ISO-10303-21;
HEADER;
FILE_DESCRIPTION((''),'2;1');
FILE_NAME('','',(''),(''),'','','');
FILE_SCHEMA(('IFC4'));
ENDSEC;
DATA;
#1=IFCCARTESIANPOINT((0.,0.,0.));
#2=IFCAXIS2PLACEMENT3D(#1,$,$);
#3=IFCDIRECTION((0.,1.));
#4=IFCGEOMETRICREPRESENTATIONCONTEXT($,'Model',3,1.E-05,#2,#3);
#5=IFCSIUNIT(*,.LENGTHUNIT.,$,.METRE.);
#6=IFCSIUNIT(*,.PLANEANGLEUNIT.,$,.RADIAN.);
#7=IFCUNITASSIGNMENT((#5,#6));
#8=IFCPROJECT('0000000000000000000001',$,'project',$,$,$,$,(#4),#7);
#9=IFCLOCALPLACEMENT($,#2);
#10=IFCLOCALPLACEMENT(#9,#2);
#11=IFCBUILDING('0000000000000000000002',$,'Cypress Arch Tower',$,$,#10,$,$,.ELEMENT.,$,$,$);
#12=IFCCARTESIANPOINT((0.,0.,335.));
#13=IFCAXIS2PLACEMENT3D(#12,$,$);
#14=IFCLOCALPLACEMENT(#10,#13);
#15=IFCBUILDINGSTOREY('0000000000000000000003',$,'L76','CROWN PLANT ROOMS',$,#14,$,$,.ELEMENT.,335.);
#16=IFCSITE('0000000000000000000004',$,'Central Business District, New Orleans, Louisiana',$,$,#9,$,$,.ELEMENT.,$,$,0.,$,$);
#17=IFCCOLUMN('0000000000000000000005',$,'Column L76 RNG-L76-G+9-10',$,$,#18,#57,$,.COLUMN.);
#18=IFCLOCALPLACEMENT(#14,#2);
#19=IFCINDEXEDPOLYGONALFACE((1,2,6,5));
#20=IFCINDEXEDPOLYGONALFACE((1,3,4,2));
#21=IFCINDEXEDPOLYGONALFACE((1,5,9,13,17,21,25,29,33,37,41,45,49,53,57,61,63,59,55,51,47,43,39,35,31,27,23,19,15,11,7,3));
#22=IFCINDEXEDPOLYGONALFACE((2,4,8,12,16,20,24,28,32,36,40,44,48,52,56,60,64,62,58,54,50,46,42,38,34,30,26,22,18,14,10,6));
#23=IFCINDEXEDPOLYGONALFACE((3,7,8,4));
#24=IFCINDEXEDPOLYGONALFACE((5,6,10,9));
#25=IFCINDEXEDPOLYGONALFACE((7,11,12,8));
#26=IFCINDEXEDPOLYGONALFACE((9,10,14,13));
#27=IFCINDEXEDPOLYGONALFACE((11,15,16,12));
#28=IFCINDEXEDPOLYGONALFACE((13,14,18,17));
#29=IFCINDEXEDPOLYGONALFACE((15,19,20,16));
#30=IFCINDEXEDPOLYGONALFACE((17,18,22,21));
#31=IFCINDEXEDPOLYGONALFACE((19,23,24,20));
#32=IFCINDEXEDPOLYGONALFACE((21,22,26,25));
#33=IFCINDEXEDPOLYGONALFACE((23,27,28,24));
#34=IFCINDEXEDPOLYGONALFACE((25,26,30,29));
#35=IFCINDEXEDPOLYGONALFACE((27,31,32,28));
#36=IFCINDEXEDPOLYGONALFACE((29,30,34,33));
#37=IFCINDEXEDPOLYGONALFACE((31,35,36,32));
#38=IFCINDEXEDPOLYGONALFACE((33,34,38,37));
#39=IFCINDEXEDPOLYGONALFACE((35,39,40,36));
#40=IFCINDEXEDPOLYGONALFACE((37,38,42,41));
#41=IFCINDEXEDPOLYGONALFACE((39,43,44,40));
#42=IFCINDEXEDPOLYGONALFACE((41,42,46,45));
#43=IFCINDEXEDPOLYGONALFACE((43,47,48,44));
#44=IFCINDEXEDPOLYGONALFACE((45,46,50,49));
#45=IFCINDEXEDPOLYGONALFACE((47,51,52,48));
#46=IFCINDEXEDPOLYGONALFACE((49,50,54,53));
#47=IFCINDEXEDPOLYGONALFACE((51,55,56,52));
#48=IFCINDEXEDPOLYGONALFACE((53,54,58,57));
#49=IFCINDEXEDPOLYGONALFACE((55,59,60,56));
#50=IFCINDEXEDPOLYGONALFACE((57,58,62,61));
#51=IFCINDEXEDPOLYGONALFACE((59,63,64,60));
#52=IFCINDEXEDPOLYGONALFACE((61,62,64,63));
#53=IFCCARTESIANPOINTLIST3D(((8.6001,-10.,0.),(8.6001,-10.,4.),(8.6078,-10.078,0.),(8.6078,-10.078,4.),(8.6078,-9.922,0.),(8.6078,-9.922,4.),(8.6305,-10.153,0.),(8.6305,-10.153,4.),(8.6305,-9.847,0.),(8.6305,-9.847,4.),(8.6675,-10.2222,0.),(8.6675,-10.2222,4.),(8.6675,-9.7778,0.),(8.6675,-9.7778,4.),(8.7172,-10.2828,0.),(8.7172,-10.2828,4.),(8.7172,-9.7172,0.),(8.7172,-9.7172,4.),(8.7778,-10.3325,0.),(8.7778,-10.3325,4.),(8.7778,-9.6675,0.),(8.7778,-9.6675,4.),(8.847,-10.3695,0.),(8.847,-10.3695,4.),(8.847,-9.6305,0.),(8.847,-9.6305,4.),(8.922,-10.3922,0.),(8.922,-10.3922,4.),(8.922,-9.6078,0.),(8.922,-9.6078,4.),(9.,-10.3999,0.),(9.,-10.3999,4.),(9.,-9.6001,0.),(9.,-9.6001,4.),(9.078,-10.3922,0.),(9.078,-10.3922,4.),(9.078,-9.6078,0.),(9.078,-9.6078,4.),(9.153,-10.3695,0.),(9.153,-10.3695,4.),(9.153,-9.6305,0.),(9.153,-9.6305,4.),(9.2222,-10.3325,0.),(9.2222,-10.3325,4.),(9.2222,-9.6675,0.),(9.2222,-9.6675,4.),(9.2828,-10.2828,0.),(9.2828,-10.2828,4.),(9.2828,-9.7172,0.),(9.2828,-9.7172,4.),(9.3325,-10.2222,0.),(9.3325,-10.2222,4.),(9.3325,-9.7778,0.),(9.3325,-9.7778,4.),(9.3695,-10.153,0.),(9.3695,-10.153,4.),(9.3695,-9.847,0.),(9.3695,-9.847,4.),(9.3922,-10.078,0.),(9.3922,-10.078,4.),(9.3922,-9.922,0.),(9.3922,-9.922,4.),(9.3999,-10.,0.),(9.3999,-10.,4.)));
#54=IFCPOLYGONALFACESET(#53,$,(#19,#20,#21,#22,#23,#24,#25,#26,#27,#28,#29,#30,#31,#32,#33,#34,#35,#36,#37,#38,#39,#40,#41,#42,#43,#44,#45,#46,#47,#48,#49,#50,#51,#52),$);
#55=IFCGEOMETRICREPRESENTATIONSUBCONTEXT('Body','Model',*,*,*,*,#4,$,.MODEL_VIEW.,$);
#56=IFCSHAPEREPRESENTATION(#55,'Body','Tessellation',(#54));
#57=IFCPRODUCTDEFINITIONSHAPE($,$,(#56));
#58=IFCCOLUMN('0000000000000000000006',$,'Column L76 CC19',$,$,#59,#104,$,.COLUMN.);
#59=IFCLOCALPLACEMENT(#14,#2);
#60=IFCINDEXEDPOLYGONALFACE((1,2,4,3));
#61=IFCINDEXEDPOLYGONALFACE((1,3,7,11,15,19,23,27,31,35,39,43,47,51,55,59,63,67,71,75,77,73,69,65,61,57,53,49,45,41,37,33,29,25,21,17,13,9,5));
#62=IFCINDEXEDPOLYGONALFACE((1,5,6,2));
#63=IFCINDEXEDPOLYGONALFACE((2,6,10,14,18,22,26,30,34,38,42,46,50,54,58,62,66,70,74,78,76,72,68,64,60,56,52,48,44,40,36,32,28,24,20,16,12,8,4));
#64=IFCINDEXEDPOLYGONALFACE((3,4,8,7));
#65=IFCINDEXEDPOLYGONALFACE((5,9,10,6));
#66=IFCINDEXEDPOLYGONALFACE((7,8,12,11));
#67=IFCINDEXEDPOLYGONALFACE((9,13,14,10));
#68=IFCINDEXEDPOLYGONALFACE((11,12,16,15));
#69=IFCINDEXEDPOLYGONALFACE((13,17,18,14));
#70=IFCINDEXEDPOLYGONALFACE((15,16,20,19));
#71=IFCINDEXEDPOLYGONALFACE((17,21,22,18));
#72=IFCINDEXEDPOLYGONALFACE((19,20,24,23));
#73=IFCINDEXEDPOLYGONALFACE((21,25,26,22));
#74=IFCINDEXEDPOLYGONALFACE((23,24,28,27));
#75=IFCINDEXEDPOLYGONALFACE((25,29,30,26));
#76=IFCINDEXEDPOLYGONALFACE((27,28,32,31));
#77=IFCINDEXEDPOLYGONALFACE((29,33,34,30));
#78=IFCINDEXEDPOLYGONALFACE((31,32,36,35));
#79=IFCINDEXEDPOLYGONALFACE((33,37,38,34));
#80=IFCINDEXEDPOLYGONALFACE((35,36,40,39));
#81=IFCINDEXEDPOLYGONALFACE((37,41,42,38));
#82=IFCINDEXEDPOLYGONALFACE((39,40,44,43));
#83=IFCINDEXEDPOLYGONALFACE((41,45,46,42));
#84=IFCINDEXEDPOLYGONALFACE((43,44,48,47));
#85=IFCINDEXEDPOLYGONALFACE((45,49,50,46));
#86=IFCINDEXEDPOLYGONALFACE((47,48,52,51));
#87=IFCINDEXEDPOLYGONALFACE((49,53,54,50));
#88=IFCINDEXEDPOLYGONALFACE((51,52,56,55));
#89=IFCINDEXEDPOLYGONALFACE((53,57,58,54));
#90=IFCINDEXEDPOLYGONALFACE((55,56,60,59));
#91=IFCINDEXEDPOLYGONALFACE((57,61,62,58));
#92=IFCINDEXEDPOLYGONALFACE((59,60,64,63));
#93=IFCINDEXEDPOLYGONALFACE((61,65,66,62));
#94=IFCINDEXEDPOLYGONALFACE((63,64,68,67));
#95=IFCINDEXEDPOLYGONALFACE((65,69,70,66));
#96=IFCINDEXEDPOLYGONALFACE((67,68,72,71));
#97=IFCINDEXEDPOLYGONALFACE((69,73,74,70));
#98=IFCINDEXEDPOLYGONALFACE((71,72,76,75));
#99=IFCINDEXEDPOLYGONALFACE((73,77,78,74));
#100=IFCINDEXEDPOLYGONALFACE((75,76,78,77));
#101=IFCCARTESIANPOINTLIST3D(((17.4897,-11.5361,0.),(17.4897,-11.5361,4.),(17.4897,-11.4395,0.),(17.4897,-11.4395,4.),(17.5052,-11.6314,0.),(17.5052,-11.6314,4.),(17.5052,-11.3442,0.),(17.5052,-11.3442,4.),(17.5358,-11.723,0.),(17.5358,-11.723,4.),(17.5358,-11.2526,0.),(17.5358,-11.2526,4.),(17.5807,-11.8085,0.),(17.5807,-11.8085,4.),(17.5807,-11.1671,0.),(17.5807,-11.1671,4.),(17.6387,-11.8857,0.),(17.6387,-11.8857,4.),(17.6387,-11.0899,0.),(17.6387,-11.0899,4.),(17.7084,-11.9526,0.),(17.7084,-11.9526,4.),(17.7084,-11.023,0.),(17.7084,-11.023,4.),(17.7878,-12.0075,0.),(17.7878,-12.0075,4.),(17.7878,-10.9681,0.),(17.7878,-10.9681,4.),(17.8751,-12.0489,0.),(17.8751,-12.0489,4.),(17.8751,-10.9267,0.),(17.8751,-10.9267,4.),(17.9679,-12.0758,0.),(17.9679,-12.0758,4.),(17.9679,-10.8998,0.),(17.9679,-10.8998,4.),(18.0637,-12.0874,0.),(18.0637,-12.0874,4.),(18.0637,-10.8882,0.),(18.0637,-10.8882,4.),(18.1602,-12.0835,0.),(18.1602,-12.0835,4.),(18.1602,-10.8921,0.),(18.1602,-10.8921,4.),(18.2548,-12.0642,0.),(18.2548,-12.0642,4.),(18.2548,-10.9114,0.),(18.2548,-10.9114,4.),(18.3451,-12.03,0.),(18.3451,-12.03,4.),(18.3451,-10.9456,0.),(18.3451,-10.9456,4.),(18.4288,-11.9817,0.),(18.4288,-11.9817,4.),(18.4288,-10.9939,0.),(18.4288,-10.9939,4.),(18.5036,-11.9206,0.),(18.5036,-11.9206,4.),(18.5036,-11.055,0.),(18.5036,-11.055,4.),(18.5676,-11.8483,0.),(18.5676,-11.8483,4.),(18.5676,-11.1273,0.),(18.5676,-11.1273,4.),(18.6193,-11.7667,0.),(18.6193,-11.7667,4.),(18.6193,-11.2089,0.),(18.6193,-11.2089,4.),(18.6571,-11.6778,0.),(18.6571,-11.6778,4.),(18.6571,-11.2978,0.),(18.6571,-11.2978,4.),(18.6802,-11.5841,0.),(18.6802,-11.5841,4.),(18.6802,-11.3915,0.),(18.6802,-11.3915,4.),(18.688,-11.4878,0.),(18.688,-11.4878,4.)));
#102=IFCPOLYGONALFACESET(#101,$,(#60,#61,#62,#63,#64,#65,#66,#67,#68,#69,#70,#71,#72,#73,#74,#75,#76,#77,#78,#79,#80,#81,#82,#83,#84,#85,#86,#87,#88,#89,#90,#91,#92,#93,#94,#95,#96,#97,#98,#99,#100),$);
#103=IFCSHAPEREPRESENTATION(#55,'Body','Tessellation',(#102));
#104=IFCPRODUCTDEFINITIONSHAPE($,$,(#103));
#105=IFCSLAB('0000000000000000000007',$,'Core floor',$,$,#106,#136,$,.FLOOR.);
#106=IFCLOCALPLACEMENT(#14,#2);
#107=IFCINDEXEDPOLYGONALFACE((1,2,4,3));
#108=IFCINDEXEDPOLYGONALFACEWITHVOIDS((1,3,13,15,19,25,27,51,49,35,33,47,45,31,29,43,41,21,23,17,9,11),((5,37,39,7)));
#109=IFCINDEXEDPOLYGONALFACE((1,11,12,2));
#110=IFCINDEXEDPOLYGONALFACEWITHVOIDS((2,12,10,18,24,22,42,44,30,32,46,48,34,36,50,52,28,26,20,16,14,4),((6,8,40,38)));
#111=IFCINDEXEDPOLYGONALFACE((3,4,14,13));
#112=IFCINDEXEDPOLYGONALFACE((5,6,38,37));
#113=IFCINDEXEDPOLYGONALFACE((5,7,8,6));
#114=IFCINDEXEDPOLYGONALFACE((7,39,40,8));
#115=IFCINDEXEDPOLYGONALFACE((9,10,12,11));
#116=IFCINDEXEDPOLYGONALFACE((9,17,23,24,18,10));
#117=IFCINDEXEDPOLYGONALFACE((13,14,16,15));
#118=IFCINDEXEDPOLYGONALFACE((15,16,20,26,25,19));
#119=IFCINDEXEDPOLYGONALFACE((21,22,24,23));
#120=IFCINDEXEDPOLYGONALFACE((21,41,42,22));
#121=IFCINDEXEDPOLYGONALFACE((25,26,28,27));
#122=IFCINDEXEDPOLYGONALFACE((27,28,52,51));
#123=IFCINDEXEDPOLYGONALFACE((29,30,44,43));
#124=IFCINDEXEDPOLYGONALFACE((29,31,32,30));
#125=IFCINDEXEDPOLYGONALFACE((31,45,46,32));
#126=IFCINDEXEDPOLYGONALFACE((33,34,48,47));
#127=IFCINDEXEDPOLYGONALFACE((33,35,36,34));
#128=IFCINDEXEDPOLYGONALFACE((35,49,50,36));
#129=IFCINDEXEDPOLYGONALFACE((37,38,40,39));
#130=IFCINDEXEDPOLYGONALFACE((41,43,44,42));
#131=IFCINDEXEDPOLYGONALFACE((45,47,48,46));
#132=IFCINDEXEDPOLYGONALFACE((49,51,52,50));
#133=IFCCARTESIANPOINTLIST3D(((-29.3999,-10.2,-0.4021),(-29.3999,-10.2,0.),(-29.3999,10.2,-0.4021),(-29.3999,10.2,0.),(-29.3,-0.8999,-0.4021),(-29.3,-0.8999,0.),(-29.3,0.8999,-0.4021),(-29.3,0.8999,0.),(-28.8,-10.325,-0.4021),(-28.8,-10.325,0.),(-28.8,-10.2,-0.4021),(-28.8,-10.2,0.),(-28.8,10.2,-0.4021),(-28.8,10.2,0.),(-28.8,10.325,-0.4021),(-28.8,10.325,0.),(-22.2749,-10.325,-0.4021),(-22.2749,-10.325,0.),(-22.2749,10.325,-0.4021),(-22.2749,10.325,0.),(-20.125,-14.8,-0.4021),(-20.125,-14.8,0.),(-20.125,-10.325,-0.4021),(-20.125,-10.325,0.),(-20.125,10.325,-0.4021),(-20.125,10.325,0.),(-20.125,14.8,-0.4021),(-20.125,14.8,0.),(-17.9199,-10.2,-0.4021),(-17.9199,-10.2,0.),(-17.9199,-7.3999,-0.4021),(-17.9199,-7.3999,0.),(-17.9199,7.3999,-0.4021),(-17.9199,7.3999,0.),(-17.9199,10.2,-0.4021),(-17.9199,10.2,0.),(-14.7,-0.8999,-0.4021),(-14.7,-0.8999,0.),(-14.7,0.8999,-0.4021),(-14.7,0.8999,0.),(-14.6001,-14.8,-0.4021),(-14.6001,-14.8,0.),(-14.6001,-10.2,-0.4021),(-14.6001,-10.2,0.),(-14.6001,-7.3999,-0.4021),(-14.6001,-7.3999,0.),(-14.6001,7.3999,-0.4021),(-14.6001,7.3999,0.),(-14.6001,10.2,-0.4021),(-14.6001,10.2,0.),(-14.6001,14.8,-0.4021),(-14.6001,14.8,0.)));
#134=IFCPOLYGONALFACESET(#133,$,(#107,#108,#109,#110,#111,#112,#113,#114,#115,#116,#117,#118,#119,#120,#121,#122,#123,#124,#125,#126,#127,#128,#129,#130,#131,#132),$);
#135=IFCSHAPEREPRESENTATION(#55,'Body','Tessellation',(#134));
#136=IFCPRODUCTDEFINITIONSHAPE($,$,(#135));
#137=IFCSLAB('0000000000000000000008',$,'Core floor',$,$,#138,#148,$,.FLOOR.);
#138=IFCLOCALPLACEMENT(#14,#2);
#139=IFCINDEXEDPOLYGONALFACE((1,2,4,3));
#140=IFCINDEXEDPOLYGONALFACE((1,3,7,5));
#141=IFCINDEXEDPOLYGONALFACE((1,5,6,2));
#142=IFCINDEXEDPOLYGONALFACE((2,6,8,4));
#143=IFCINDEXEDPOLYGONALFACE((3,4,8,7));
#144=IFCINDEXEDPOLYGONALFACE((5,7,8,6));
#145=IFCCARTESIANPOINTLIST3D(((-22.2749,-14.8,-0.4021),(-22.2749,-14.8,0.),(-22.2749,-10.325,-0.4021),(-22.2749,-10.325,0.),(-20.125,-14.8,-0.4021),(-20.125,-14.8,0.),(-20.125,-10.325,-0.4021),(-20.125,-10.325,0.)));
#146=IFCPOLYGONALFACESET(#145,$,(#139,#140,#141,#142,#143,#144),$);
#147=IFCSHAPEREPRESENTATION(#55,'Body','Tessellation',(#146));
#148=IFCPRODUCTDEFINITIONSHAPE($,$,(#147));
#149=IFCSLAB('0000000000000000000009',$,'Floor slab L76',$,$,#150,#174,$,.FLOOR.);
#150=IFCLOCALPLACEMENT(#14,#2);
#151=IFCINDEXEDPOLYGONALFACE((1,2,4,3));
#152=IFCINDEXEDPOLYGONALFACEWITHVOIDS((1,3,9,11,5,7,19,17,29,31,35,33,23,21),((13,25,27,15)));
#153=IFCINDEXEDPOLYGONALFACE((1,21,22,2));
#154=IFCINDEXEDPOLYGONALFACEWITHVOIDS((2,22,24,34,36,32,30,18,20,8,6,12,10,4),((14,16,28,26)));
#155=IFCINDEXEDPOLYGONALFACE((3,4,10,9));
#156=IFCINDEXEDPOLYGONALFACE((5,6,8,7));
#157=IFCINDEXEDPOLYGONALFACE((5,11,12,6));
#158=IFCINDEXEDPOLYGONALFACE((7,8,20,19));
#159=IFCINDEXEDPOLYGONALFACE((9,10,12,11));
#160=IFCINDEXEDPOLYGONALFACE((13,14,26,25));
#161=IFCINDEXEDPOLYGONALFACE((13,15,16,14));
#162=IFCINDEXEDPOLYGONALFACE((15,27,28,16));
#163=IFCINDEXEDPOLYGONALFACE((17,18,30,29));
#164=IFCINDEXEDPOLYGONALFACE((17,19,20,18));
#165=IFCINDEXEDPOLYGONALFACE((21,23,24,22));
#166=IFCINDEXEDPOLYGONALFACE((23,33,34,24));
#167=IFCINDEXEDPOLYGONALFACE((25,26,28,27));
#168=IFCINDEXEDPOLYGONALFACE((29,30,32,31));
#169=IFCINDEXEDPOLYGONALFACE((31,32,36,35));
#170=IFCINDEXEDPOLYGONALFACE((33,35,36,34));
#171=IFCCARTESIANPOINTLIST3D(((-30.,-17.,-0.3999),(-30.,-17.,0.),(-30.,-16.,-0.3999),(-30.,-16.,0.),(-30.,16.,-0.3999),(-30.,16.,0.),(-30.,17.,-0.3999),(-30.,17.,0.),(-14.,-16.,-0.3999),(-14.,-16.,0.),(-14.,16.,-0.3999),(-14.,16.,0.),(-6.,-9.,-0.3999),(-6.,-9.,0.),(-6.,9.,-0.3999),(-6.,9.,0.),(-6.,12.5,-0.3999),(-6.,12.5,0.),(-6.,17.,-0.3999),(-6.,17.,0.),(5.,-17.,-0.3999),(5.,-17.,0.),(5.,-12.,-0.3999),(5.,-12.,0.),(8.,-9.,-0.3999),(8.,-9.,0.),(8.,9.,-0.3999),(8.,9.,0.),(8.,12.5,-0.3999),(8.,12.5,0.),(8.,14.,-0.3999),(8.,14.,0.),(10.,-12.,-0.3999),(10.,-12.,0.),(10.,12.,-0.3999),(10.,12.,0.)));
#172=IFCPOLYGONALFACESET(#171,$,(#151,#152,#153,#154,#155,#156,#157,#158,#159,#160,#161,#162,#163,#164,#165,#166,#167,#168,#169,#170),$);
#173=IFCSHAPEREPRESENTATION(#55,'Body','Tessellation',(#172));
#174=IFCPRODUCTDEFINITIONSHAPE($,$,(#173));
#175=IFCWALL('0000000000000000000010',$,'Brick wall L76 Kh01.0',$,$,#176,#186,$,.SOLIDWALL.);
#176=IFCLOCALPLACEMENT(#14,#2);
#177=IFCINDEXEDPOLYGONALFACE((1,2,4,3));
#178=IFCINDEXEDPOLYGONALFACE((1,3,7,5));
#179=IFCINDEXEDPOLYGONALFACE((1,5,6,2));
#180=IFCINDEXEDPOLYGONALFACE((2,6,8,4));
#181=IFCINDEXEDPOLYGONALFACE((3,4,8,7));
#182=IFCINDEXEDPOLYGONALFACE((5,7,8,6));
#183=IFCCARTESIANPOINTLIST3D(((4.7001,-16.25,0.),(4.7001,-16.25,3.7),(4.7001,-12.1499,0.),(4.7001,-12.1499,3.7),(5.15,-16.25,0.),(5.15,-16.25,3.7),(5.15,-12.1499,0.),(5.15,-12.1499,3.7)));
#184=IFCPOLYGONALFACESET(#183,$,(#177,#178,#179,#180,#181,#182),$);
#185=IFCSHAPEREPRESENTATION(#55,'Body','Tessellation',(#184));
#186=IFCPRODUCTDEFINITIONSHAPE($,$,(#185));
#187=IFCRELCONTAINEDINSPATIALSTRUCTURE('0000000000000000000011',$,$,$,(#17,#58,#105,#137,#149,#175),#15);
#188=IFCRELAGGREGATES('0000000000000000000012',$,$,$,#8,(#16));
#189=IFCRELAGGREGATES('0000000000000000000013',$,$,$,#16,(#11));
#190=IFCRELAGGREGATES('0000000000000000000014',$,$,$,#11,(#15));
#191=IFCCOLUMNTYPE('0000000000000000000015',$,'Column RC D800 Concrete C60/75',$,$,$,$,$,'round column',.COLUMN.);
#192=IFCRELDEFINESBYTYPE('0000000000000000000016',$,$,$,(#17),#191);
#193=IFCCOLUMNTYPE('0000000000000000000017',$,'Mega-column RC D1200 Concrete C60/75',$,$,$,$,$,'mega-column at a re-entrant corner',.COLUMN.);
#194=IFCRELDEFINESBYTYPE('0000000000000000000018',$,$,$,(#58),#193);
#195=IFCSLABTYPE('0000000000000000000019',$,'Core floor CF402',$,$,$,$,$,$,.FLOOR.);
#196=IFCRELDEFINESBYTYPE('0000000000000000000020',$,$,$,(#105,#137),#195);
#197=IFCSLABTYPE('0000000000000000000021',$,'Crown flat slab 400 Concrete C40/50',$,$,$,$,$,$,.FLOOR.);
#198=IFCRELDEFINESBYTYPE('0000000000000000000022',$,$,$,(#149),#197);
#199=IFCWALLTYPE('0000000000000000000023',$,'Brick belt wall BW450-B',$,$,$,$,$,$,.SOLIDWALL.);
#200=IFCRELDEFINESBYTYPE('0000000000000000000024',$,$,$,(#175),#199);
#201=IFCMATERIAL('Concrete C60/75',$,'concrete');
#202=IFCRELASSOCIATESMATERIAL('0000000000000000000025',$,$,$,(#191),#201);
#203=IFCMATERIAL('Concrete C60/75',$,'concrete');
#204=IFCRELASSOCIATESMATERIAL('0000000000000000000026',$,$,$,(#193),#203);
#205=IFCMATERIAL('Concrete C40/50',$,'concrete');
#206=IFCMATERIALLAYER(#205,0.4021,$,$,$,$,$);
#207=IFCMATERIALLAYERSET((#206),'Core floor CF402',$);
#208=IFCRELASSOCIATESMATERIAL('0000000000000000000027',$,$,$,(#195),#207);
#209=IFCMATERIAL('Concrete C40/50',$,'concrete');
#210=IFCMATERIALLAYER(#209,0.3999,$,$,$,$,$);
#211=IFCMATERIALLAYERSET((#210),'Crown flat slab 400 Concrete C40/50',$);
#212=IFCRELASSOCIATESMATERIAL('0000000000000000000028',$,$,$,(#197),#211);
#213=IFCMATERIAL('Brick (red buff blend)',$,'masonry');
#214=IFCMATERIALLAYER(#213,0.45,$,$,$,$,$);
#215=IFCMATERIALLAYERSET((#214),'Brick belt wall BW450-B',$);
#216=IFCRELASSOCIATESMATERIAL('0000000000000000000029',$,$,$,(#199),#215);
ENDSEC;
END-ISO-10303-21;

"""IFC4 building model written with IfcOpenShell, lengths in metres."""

from ifc_helpers import new_model, si_unit, direction, frame, frame_2d, origin, origin_2d, place, context, subcontext, project, spatial, polyline, rectangle, circle, outline, extrude, material, layer, layer_set, material_profile, profile_set, type_object, element, save


model = new_model("IFC4")

# Units and contexts
model_context = context("Model", 3, precision=1e-05, world=origin(), true_north=direction((0.0, 1.0)))
body_context = subcontext(model_context, "Body", "Model", "MODEL_VIEW")
ifc_project = project(units=[si_unit("LENGTHUNIT", "METRE"), si_unit("PLANEANGLEUNIT", "RADIAN")], contexts=[model_context])

# Site, building, storey
site_placement = place(None, origin())
site = spatial("IfcSite", under=ifc_project, at=site_placement, Name="Central Business District, New Orleans, Louisiana", CompositionType="ELEMENT", RefElevation=0.0)
building_placement = place(site_placement, origin())
building = spatial("IfcBuilding", under=site, at=building_placement, Name="Cypress Arch Tower", CompositionType="ELEMENT")
storey_placement = place(building_placement, frame((0.0, 0.0, 335.0)))
storey = spatial("IfcBuildingStorey", under=building, at=storey_placement, Name="L76", Description="CROWN PLANT ROOMS", CompositionType="ELEMENT", Elevation=335.0)

# Columns
ifc_material_1 = material(Name="Concrete C60/75", Category="concrete")
ifc_material_profile_1 = material_profile(ifc_material_1, circle(Radius=0.3999, at=origin_2d()), Name="RC D800")
ifc_profile_set_1 = profile_set([ifc_material_profile_1], Name="Concrete C60/75")
column_type_1 = type_object("IfcColumnType", Name="Column RC D800 Concrete C60/75", ElementType="round column", PredefinedType="COLUMN", material=ifc_profile_set_1)
for number, where, z_axis, x_axis, name in (
    (1, (9.0, -10.0, 0.0), (0.0, 0.0, 1.0), (1.0, 0.0, 0.0), "Column L76 RNG-L76-G+9-10"),
):
    element("IfcColumn", number, at=place(storey_placement, frame(where, z_axis=z_axis, x_axis=x_axis)), inside=storey, type_object=column_type_1, Name=name, PredefinedType="COLUMN", context=body_context, shape_type="SweptSolid", body=[
        extrude(circle(Radius=0.3999, at=origin_2d()), origin(), (0.0, 0.0, 1.0), 4.0),
    ])
ifc_material_2 = material(Name="Concrete C60/75", Category="concrete")
ifc_material_profile_2 = material_profile(ifc_material_2, circle(Radius=0.6001, at=origin_2d()), Name="RC D1200")
ifc_profile_set_2 = profile_set([ifc_material_profile_2], Name="Concrete C60/75")
column_type_2 = type_object("IfcColumnType", Name="Mega-column RC D1200 Concrete C60/75", ElementType="mega-column at a re-entrant corner", PredefinedType="COLUMN", material=ifc_profile_set_2)
column_placement = place(storey_placement, frame((18.0879, -11.4878, 0.0), z_axis=(0.0, 0.0, 1.0), x_axis=(1.0, 0.0, 0.0)))
element("IfcColumn", 2, at=column_placement, inside=storey, type_object=column_type_2, Name="Column L76 CC19", PredefinedType="COLUMN", context=body_context, shape_type="SweptSolid", body=[
    extrude(circle(Radius=0.6001, at=origin_2d()), origin(), (0.0, 0.0, 1.0), 4.0),
])

# Slabs
ifc_material_3 = material(Name="Concrete C40/50", Category="concrete")
ifc_layer_1 = layer(ifc_material_3, 0.4021)
ifc_layer_set_1 = layer_set([ifc_layer_1], Name="Core floor CF402")
slab_type_1 = type_object("IfcSlabType", Name="Core floor CF402", PredefinedType="FLOOR", material=ifc_layer_set_1)
slab_1_placement = place(storey_placement, frame((0.0, 0.0, -0.4021)))
element("IfcSlab", 3, at=slab_1_placement, inside=storey, type_object=slab_type_1, Name="Core floor", PredefinedType="FLOOR", context=body_context, shape_type="SweptSolid", body=[
    extrude(outline(polyline([(-20.125, -10.325), (-22.2749, -10.325), (-28.8, -10.325), (-28.8, -10.2), (-29.3999, -10.2), (-29.3999, 10.2), (-28.8, 10.2), (-28.8, 10.325), (-22.2749, 10.325), (-20.125, 10.325), (-20.125, 14.8), (-14.6001, 14.8), (-14.6001, 10.2), (-17.9199, 10.2), (-17.9199, 7.3999), (-14.6001, 7.3999), (-14.6001, -7.3999), (-17.9199, -7.3999), (-17.9199, -10.2), (-14.6001, -10.2), (-14.6001, -14.8), (-20.125, -14.8), (-20.125, -10.325)]), holes=[polyline([(-29.3, -0.8999), (-14.7, -0.8999), (-14.7, 0.8999), (-29.3, 0.8999), (-29.3, -0.8999)])]), origin(), (0.0, 0.0, 1.0), 0.4021),
])
slab_2_placement = place(storey_placement, frame((0.0, 0.0, -0.4021)))
element("IfcSlab", 4, at=slab_2_placement, inside=storey, type_object=slab_type_1, Name="Core floor", PredefinedType="FLOOR", context=body_context, shape_type="SweptSolid", body=[
    extrude(outline(polyline([(-22.2749, -10.325), (-22.2749, -14.8), (-20.125, -14.8), (-20.125, -10.325), (-22.2749, -10.325)])), origin(), (0.0, 0.0, 1.0), 0.4021),
])
ifc_material_4 = material(Name="Concrete C40/50", Category="concrete")
ifc_layer_2 = layer(ifc_material_4, 0.3999)
ifc_layer_set_2 = layer_set([ifc_layer_2], Name="Crown flat slab 400 Concrete C40/50")
slab_type_2 = type_object("IfcSlabType", Name="Crown flat slab 400 Concrete C40/50", PredefinedType="FLOOR", material=ifc_layer_set_2)
slab_3_placement = place(storey_placement, frame((0.0, 0.0, -0.3999)))
element("IfcSlab", 5, at=slab_3_placement, inside=storey, type_object=slab_type_2, Name="Floor slab L76", PredefinedType="FLOOR", context=body_context, shape_type="SweptSolid", body=[
    extrude(outline(polyline([(-30.0, 17.0), (-6.0, 17.0), (-6.0, 12.5), (8.0, 12.5), (8.0, 14.0), (10.0, 12.0), (10.0, -12.0), (5.0, -12.0), (5.0, -17.0), (-30.0, -17.0), (-30.0, -16.0), (-14.0, -16.0), (-14.0, 16.0), (-30.0, 16.0), (-30.0, 17.0)]), holes=[polyline([(-6.0, -9.0), (8.0, -9.0), (8.0, 9.0), (-6.0, 9.0), (-6.0, -9.0)])]), origin(), (0.0, 0.0, 1.0), 0.3999),
])

# Wall
ifc_material_5 = material(Name="Brick (red buff blend)", Category="masonry")
ifc_layer_3 = layer(ifc_material_5, 0.45)
ifc_layer_set_3 = layer_set([ifc_layer_3], Name="Brick belt wall BW450-B")
wall_type_1 = type_object("IfcWallType", Name="Brick belt wall BW450-B", PredefinedType="SOLIDWALL", material=ifc_layer_set_3)
for number, where, z_axis, x_axis, name in (
    (6, (4.925, -16.25, 0.0), (0.0, 0.0, 1.0), (0.0, 1.0, 0.0), "Brick wall L76 Kh01.0"),
):
    element("IfcWall", number, at=place(storey_placement, frame(where, z_axis=z_axis, x_axis=x_axis)), inside=storey, type_object=wall_type_1, Name=name, PredefinedType="SOLIDWALL", context=body_context, shape_type="SweptSolid", body=[
        extrude(rectangle(XDim=4.1001, YDim=0.45, at=frame_2d((2.05, 0.0))), origin(), (0.0, 0.0, 1.0), 3.7),
    ])

save(model, "model.ifc")
